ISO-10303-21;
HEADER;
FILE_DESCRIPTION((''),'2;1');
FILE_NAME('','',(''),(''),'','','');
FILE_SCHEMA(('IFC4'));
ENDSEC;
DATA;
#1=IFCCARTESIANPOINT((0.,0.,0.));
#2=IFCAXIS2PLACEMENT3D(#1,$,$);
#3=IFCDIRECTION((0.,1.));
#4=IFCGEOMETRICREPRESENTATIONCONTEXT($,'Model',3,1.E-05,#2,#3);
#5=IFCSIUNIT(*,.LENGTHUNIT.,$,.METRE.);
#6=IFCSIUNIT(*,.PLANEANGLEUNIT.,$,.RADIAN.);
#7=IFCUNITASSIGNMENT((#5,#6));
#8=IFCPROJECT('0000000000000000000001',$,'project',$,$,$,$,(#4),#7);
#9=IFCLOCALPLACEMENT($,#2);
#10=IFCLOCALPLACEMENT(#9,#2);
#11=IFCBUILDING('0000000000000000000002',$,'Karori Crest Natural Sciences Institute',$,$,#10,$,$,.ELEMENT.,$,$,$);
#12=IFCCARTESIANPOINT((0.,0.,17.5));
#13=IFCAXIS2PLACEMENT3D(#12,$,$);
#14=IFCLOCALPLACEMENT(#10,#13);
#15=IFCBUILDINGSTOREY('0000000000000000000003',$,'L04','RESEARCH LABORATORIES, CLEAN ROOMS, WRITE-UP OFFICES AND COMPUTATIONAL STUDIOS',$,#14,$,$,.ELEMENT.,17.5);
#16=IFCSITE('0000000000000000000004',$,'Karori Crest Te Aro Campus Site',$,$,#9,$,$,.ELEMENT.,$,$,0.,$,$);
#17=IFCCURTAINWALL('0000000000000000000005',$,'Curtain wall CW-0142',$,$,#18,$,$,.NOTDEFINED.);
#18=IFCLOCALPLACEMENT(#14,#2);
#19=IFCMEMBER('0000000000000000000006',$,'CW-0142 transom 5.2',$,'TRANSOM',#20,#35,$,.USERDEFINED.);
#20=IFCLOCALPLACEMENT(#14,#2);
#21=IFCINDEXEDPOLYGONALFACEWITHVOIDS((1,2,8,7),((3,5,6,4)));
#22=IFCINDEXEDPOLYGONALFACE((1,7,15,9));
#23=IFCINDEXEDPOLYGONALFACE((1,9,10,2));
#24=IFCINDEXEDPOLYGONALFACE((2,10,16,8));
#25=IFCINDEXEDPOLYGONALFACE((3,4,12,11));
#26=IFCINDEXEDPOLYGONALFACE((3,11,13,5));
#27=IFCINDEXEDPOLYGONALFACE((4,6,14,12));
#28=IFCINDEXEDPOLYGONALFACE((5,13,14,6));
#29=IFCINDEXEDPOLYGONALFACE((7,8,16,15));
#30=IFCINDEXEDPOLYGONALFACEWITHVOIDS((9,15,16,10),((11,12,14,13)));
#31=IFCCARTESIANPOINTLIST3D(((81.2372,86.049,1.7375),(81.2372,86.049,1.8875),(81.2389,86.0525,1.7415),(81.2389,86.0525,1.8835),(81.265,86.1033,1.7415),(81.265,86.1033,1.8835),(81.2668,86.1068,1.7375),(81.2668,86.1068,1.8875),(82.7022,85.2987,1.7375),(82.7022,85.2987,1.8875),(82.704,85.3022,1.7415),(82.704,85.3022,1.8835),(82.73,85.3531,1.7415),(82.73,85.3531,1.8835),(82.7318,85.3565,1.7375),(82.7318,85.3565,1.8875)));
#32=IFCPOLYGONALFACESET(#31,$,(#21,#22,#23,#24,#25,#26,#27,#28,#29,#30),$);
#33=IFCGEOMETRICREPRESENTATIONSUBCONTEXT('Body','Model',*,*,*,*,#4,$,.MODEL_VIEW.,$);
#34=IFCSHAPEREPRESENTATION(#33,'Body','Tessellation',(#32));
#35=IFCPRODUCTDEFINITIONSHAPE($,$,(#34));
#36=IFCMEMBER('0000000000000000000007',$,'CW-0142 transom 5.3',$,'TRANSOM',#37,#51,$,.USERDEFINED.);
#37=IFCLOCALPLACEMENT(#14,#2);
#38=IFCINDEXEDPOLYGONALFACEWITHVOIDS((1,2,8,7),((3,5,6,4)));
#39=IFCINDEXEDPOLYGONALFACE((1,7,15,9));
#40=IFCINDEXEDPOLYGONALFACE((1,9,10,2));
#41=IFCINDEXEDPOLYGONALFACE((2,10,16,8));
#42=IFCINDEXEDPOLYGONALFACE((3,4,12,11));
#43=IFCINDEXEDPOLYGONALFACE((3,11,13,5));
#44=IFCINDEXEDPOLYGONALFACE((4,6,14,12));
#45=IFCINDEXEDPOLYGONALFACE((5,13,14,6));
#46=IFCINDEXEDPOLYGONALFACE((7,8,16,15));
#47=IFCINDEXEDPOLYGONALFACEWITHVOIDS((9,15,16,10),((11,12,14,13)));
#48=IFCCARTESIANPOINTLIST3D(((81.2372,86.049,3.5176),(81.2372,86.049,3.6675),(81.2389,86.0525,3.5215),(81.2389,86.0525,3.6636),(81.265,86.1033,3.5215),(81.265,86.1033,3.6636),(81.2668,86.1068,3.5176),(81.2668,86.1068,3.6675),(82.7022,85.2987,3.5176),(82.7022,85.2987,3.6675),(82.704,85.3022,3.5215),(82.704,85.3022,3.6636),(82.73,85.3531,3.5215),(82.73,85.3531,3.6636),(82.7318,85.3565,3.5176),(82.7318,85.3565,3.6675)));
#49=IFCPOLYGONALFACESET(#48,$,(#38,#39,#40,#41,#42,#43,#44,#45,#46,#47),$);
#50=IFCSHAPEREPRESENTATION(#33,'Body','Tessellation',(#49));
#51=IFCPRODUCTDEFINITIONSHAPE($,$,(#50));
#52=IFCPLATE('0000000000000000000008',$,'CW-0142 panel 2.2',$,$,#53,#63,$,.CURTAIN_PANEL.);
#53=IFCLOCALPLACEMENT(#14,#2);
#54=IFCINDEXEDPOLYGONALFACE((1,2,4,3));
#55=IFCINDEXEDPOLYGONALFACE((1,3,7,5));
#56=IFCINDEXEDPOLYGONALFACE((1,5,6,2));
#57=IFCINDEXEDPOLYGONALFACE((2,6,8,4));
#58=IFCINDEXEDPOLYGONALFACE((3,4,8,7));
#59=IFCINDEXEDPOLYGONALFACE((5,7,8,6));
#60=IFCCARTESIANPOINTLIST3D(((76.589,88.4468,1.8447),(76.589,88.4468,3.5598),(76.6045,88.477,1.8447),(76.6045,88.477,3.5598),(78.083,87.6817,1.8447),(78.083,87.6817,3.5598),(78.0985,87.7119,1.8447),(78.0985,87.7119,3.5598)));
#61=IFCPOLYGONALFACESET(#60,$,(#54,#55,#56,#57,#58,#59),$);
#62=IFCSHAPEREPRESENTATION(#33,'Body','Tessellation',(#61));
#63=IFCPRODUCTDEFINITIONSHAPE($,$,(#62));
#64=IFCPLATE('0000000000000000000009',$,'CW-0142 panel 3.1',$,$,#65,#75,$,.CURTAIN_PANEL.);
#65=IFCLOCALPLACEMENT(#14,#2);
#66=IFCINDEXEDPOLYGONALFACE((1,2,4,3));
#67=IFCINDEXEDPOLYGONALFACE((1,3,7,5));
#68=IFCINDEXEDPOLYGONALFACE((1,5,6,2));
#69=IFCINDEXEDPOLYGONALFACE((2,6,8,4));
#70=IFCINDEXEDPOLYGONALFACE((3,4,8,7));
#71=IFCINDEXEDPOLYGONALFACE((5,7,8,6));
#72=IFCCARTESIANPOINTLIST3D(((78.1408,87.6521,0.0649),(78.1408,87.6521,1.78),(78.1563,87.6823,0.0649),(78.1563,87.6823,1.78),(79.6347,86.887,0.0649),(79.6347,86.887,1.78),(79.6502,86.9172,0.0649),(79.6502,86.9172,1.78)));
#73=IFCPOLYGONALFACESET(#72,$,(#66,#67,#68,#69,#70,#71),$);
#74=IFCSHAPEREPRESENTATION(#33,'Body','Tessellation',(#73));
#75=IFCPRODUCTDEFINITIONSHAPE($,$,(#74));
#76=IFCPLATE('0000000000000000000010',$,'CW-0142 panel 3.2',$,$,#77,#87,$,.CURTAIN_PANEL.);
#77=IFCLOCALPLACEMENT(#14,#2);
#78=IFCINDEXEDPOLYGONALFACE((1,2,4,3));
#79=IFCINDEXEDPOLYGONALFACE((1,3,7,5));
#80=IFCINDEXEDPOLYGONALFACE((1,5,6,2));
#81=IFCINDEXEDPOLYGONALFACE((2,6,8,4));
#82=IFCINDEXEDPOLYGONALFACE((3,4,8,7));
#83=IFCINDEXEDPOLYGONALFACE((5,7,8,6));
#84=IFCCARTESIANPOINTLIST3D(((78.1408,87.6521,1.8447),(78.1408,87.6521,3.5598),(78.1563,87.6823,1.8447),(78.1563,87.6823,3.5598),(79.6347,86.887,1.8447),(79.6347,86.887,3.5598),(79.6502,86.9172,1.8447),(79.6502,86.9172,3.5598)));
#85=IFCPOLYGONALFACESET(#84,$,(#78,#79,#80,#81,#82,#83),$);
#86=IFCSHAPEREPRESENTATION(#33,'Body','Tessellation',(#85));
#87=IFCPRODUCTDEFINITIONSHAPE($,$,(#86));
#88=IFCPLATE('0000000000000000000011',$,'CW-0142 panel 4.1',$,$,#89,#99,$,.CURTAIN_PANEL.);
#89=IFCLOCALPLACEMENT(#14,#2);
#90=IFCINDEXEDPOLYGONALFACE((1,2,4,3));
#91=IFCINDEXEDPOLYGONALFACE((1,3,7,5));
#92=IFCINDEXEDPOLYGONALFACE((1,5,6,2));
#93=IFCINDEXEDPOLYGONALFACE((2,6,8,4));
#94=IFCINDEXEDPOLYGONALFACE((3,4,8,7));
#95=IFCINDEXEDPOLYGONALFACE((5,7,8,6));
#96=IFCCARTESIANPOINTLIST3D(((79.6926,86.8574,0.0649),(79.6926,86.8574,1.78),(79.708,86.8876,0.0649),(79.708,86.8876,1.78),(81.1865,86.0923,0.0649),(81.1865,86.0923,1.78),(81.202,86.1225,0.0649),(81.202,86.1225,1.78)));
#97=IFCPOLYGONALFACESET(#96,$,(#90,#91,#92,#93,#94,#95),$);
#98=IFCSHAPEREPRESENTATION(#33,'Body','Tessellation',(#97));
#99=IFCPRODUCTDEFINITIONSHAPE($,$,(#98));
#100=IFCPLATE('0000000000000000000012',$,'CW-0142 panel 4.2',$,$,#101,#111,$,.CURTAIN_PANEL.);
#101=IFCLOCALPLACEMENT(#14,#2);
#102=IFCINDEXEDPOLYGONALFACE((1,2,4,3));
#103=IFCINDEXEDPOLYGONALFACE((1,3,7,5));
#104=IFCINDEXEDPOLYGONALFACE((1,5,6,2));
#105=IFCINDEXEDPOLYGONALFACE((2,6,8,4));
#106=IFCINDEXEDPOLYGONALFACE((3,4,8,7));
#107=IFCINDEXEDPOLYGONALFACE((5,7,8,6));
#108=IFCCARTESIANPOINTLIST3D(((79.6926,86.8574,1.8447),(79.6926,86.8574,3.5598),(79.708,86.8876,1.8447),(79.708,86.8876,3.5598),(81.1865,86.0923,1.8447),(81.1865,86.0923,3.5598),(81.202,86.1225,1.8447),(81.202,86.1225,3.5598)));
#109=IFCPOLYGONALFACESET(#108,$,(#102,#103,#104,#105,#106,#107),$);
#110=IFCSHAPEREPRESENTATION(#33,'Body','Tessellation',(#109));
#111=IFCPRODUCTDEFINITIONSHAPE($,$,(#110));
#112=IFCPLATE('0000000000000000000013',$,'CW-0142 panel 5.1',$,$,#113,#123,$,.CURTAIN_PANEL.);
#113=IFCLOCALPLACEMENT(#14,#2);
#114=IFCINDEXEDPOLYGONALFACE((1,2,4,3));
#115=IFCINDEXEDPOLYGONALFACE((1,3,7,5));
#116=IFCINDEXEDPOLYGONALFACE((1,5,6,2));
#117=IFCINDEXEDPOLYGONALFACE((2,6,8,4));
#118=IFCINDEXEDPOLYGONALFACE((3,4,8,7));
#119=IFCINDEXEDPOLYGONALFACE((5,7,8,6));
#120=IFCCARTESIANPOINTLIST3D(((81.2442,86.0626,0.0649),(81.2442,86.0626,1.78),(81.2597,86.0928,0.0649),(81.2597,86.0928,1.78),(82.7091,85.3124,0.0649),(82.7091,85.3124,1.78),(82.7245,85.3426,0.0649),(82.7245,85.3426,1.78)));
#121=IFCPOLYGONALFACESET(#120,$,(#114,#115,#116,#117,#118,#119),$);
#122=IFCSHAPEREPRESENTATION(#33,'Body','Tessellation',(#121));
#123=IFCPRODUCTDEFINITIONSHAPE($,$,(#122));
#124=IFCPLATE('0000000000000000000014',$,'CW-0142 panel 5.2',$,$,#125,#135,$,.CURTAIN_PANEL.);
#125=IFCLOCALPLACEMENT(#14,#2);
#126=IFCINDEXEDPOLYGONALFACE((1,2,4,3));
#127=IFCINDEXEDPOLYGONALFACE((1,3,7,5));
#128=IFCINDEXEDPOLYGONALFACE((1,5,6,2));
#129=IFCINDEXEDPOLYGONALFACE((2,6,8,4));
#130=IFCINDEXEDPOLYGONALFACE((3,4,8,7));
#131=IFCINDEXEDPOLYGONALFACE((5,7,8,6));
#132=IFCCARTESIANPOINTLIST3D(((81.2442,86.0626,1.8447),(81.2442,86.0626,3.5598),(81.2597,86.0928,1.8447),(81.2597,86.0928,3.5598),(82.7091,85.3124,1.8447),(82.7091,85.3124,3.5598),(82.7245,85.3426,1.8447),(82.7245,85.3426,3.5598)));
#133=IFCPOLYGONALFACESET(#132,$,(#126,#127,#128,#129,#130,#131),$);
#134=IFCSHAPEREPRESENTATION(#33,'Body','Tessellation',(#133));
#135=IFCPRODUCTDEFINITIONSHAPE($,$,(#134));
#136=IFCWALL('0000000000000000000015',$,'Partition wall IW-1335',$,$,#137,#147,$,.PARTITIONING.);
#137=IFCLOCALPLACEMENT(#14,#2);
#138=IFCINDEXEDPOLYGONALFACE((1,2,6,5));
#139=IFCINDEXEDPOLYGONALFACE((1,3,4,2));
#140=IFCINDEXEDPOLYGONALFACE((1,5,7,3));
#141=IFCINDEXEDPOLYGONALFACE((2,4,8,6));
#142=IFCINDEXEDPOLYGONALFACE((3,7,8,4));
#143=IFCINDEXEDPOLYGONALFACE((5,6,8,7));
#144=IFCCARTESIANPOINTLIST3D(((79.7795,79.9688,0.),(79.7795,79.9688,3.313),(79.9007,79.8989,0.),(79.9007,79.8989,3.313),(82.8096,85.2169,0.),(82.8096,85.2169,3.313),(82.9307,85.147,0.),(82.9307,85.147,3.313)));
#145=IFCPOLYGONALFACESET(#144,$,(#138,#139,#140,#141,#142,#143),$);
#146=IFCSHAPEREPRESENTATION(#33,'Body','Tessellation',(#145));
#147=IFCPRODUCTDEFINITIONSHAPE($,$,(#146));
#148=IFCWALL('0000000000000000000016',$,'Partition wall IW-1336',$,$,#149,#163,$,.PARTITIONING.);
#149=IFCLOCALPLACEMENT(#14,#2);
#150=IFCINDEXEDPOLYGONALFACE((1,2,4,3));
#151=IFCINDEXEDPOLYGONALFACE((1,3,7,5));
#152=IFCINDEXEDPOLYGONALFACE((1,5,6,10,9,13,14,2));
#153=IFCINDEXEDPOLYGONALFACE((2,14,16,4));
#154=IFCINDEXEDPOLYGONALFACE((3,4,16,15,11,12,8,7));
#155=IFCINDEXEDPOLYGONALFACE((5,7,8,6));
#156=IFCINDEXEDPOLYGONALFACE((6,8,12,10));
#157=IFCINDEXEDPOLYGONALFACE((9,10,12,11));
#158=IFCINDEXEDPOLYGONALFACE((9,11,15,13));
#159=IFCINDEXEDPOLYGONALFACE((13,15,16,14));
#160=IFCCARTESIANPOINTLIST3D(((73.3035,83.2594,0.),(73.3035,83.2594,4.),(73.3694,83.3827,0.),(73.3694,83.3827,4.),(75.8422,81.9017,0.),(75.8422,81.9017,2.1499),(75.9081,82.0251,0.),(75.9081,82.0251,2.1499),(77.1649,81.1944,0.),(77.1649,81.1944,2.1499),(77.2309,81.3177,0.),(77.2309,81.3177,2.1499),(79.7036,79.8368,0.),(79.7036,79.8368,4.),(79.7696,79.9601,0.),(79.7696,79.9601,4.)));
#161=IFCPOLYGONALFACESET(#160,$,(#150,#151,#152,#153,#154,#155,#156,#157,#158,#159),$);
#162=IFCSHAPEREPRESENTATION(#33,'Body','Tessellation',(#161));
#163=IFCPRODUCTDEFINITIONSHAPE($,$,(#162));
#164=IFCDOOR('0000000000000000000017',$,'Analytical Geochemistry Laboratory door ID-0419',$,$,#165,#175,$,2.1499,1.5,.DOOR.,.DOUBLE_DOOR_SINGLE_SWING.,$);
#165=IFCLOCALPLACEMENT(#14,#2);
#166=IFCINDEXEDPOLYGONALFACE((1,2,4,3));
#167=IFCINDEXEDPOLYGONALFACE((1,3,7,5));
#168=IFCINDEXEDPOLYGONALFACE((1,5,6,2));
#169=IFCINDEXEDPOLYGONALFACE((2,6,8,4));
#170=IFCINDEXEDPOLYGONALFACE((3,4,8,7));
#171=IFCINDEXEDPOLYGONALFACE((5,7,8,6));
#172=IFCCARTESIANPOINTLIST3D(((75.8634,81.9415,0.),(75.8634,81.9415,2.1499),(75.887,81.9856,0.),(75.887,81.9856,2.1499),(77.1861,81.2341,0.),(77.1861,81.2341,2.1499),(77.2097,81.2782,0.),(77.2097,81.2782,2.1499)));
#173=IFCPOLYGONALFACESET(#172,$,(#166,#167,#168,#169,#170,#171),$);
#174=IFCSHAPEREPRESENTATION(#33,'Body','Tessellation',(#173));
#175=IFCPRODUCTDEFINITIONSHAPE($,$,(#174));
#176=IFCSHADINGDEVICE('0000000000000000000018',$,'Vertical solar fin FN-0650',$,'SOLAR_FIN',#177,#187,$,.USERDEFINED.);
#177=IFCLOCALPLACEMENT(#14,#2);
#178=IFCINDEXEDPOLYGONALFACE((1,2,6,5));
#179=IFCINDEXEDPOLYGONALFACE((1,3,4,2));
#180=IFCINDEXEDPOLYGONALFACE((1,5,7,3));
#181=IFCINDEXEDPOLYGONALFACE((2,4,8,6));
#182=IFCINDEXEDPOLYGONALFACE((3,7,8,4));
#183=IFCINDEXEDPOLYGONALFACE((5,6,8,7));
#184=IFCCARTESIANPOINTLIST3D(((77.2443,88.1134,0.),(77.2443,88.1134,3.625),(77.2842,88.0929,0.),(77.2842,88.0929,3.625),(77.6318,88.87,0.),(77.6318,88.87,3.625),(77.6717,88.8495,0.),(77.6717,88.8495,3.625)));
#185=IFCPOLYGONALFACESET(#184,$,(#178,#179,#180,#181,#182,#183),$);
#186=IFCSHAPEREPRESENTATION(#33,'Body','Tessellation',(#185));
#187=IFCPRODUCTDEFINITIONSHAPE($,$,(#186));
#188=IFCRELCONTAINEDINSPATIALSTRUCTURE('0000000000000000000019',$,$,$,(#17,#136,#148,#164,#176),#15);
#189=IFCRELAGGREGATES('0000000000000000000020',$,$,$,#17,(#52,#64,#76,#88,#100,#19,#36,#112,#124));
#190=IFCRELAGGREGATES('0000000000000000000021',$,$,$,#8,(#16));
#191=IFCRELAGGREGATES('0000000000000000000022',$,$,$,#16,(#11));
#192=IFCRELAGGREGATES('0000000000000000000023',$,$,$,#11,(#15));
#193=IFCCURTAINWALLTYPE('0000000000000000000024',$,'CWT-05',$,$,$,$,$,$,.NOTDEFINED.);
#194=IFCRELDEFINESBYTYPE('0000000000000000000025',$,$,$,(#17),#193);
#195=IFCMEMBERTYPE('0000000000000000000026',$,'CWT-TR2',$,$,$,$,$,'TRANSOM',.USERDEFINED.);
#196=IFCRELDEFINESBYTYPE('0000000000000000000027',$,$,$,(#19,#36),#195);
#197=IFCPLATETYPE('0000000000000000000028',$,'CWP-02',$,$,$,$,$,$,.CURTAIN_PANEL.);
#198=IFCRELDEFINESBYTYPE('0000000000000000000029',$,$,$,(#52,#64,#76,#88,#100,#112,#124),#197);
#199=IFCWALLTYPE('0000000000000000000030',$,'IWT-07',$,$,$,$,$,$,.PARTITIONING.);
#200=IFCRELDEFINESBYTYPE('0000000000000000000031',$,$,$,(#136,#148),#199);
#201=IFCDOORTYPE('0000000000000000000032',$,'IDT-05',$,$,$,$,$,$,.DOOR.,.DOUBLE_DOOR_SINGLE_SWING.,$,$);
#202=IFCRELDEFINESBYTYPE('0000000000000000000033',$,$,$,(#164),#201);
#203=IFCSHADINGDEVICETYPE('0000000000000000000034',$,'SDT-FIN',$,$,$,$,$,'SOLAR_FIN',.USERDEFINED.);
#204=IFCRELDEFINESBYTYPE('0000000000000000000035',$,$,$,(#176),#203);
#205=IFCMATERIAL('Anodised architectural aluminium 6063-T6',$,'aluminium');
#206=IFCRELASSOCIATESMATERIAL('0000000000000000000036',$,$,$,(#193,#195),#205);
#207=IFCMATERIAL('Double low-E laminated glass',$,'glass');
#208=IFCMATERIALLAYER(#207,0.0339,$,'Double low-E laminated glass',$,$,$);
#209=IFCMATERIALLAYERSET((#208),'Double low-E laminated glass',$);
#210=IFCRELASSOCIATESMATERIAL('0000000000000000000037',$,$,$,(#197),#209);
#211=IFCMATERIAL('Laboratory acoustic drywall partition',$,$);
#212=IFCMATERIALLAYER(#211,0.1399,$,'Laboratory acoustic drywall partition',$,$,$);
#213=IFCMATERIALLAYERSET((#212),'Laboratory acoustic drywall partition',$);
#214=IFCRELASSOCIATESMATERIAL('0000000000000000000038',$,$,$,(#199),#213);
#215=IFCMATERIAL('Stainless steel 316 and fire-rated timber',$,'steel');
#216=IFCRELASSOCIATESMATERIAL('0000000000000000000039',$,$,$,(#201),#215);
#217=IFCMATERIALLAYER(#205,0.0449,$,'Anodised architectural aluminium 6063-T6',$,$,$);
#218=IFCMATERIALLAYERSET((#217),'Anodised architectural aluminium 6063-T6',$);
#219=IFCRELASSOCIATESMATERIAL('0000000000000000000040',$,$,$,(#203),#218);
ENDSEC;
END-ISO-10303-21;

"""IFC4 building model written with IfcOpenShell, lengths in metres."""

from ifc_helpers import new_model, si_unit, direction, frame, frame_2d, origin, origin_2d, place, context, subcontext, project, spatial, rectangle, hollow_rectangle, extrude, material, layer, layer_set, material_profile, profile_set, type_object, element, fill, aggregate, save


model = new_model("IFC4")

# Units and contexts
model_context = context("Model", 3, precision=1e-05, world=origin(), true_north=direction((0.0, 1.0)))
body_context = subcontext(model_context, "Body", "Model", "MODEL_VIEW")
ifc_project = project(units=[si_unit("LENGTHUNIT", "METRE"), si_unit("PLANEANGLEUNIT", "RADIAN")], contexts=[model_context])

# Site, building, storey
site_placement = place(None, origin())
site = spatial("IfcSite", under=ifc_project, at=site_placement, Name="Karori Crest Te Aro Campus Site", CompositionType="ELEMENT", RefElevation=0.0)
building_placement = place(site_placement, origin())
building = spatial("IfcBuilding", under=site, at=building_placement, Name="Karori Crest Natural Sciences Institute", CompositionType="ELEMENT")
storey_placement = place(building_placement, frame((0.0, 0.0, 17.5)))
storey = spatial("IfcBuildingStorey", under=building, at=storey_placement, Name="L04", Description="RESEARCH LABORATORIES, CLEAN ROOMS, WRITE-UP OFFICES AND COMPUTATIONAL STUDIOS", CompositionType="ELEMENT", Elevation=17.5)

# Shared definitions
ifc_material_1 = material(Name="Anodised architectural aluminium 6063-T6", Category="aluminium")

# Curtain wall
curtain_wall_type_1 = type_object("IfcCurtainWallType", Name="CWT-05", PredefinedType="NOTDEFINED", material=ifc_material_1)
curtain_wall_1_placement = place(storey_placement, origin())
curtain_wall_1 = element("IfcCurtainWall", 1, at=curtain_wall_1_placement, inside=storey, type_object=curtain_wall_type_1, Name="Curtain wall CW-0142", PredefinedType="NOTDEFINED")

# Members
ifc_material_profile_1 = material_profile(ifc_material_1, hollow_rectangle(XDim=0.0649, YDim=0.1499, WallThickness=0.0039, at=origin_2d()), Name="CWT150x65x4")
ifc_profile_set_1 = profile_set([ifc_material_profile_1], Name="Anodised architectural aluminium 6063-T6")
member_type_1 = type_object("IfcMemberType", Name="CWT-TR2", ElementType="TRANSOM", PredefinedType="USERDEFINED", material=ifc_profile_set_1)
member_1_placement = place(storey_placement, frame((81.252, 86.0779, 1.8125), z_axis=(0.890084, -0.455796, 0.0), x_axis=(0.455796, 0.890084, 0.0)))
member_1 = element("IfcMember", 2, at=member_1_placement, type_object=member_type_1, Name="CW-0142 transom 5.2", ObjectType="TRANSOM", PredefinedType="USERDEFINED", context=body_context, shape_type="SweptSolid", body=[
    extrude(hollow_rectangle(XDim=0.0649, YDim=0.1499, WallThickness=0.0039, at=origin_2d()), origin(), (0.0, 0.0, 1.0), 1.646),
])
member_2_placement = place(storey_placement, frame((81.252, 86.0779, 3.5925), z_axis=(0.890084, -0.455796, 0.0), x_axis=(0.455796, 0.890084, 0.0)))
member_2 = element("IfcMember", 3, at=member_2_placement, type_object=member_type_1, Name="CW-0142 transom 5.3", ObjectType="TRANSOM", PredefinedType="USERDEFINED", context=body_context, shape_type="SweptSolid", body=[
    extrude(hollow_rectangle(XDim=0.0649, YDim=0.1499, WallThickness=0.0039, at=origin_2d()), origin(), (0.0, 0.0, 1.0), 1.646),
])

# Plates
ifc_material_2 = material(Name="Double low-E laminated glass", Category="glass")
ifc_layer_1 = layer(ifc_material_2, 0.0339, Name="Double low-E laminated glass")
ifc_layer_set_1 = layer_set([ifc_layer_1], Name="Double low-E laminated glass")
plate_type = type_object("IfcPlateType", Name="CWP-02", PredefinedType="CURTAIN_PANEL", material=ifc_layer_set_1)
plate_1_placement = place(storey_placement, frame((77.3438, 88.0793, 1.8447), z_axis=(0.0, 0.0, 1.0), x_axis=(0.890067, -0.455829, 0.0)))
plate_1 = element("IfcPlate", 4, at=plate_1_placement, type_object=plate_type, Name="CW-0142 panel 2.2", PredefinedType="CURTAIN_PANEL", context=body_context, shape_type="SweptSolid", body=[
    extrude(rectangle(XDim=1.6785, YDim=0.0339, at=origin_2d()), origin(), (0.0, 0.0, 1.0), 1.7151),
])
plate_2_placement = place(storey_placement, frame((78.8955, 87.2847, 0.0649), z_axis=(0.0, 0.0, 1.0), x_axis=(0.890067, -0.455829, 0.0)))
plate_2 = element("IfcPlate", 5, at=plate_2_placement, type_object=plate_type, Name="CW-0142 panel 3.1", PredefinedType="CURTAIN_PANEL", context=body_context, shape_type="SweptSolid", body=[
    extrude(rectangle(XDim=1.6785, YDim=0.0339, at=origin_2d()), origin(), (0.0, 0.0, 1.0), 1.7151),
])
plate_3_placement = place(storey_placement, frame((78.8955, 87.2847, 1.8447), z_axis=(0.0, 0.0, 1.0), x_axis=(0.890067, -0.455829, 0.0)))
plate_3 = element("IfcPlate", 6, at=plate_3_placement, type_object=plate_type, Name="CW-0142 panel 3.2", PredefinedType="CURTAIN_PANEL", context=body_context, shape_type="SweptSolid", body=[
    extrude(rectangle(XDim=1.6785, YDim=0.0339, at=origin_2d()), origin(), (0.0, 0.0, 1.0), 1.7151),
])
plate_4_placement = place(storey_placement, frame((80.4473, 86.49, 0.0649), z_axis=(0.0, 0.0, 1.0), x_axis=(0.890067, -0.455829, 0.0)))
plate_4 = element("IfcPlate", 7, at=plate_4_placement, type_object=plate_type, Name="CW-0142 panel 4.1", PredefinedType="CURTAIN_PANEL", context=body_context, shape_type="SweptSolid", body=[
    extrude(rectangle(XDim=1.6785, YDim=0.0339, at=origin_2d()), origin(), (0.0, 0.0, 1.0), 1.7151),
])
plate_5_placement = place(storey_placement, frame((80.4473, 86.49, 1.8447), z_axis=(0.0, 0.0, 1.0), x_axis=(0.890067, -0.455829, 0.0)))
plate_5 = element("IfcPlate", 8, at=plate_5_placement, type_object=plate_type, Name="CW-0142 panel 4.2", PredefinedType="CURTAIN_PANEL", context=body_context, shape_type="SweptSolid", body=[
    extrude(rectangle(XDim=1.6785, YDim=0.0339, at=origin_2d()), origin(), (0.0, 0.0, 1.0), 1.7151),
])
plate_6_placement = place(storey_placement, frame((81.9844, 85.7026, 0.0649), z_axis=(0.0, 0.0, 1.0), x_axis=(0.890067, -0.455829, 0.0)))
plate_6 = element("IfcPlate", 9, at=plate_6_placement, type_object=plate_type, Name="CW-0142 panel 5.1", PredefinedType="CURTAIN_PANEL", context=body_context, shape_type="SweptSolid", body=[
    extrude(rectangle(XDim=1.6458, YDim=0.0339, at=origin_2d()), origin(), (0.0, 0.0, 1.0), 1.7151),
])
plate_7_placement = place(storey_placement, frame((81.9844, 85.7026, 1.8447), z_axis=(0.0, 0.0, 1.0), x_axis=(0.890067, -0.455829, 0.0)))
plate_7 = element("IfcPlate", 10, at=plate_7_placement, type_object=plate_type, Name="CW-0142 panel 5.2", PredefinedType="CURTAIN_PANEL", context=body_context, shape_type="SweptSolid", body=[
    extrude(rectangle(XDim=1.6458, YDim=0.0339, at=origin_2d()), origin(), (0.0, 0.0, 1.0), 1.7151),
])
aggregate(curtain_wall_1, [plate_1, plate_2, plate_3, plate_4, plate_5, member_1, member_2, plate_6, plate_7])

# Wall
ifc_material_3 = material(Name="Laboratory acoustic drywall partition")
ifc_layer_2 = layer(ifc_material_3, 0.1399, Name="Laboratory acoustic drywall partition")
ifc_layer_set_2 = layer_set([ifc_layer_2], Name="Laboratory acoustic drywall partition")
wall_type = type_object("IfcWallType", Name="IWT-07", PredefinedType="PARTITIONING", material=ifc_layer_set_2)
wall_1_placement = place(storey_placement, frame((79.8401, 79.9338, 0.0), z_axis=(0.0, 0.0, 1.0), x_axis=(0.500008, 0.866021, 0.0)))
element("IfcWall", 11, at=wall_1_placement, inside=storey, type_object=wall_type, Name="Partition wall IW-1335", PredefinedType="PARTITIONING", context=body_context, shape_type="SweptSolid", body=[
    extrude(rectangle(XDim=6.0601, YDim=0.1399, at=frame_2d((3.03, 0.0))), origin(), (0.0, 0.0, 1.0), 3.313),
])

# Wall, opening, door
wall_2_placement = place(storey_placement, frame((79.7366, 79.8984, 0.0), z_axis=(0.0, 0.0, 1.0), x_axis=(-0.881826, 0.471574, 0.0)))
wall_2 = element("IfcWall", 12, at=wall_2_placement, inside=storey, type_object=wall_type, Name="Partition wall IW-1336", PredefinedType="PARTITIONING", context=body_context, shape_type="SweptSolid", body=[
    extrude(rectangle(XDim=7.2578, YDim=0.1399, at=frame_2d((3.6289, 0.0))), origin(), (0.0, 0.0, 1.0), 4.0),
])
opening_placement = place(wall_2_placement, frame((2.8789, 0.0, 0.0)))
opening = element("IfcOpeningElement", 13, at=opening_placement, cuts=wall_2, PredefinedType="OPENING", context=body_context, shape_type="SweptSolid", body=[
    extrude(rectangle(XDim=1.5, YDim=2.1499, at=frame_2d((0.75, 1.075))), frame((0.0, 0.0801, 0.0), z_axis=(0.0, -1.0, 0.0), x_axis=(1.0, 0.0, 0.0)), (0.0, 0.0, 1.0), 0.1599),
])
ifc_material_4 = material(Name="Stainless steel 316 and fire-rated timber", Category="steel")
door_type = type_object("IfcDoorType", Name="IDT-05", OperationType="DOUBLE_DOOR_SINGLE_SWING", PredefinedType="DOOR", material=ifc_material_4)
door_placement = place(opening_placement, origin())
door = element("IfcDoor", 14, at=door_placement, inside=storey, type_object=door_type, Name="Analytical Geochemistry Laboratory door ID-0419", OperationType="DOUBLE_DOOR_SINGLE_SWING", OverallHeight=2.1499, OverallWidth=1.5, PredefinedType="DOOR", context=body_context, shape_type="SweptSolid", body=[
    extrude(rectangle(XDim=1.5, YDim=2.1499, at=frame_2d((0.75, 1.075))), frame((0.0, 0.0249, 0.0), z_axis=(0.0, -1.0, 0.0), x_axis=(1.0, 0.0, 0.0)), (0.0, 0.0, 1.0), 0.05),
])
fill(opening, door)

# Shading device
ifc_layer_3 = layer(ifc_material_1, 0.0449, Name="Anodised architectural aluminium 6063-T6")
ifc_layer_set_3 = layer_set([ifc_layer_3], Name="Anodised architectural aluminium 6063-T6")
shading_device_type = type_object("IfcShadingDeviceType", Name="SDT-FIN", ElementType="SOLAR_FIN", PredefinedType="USERDEFINED", material=ifc_layer_set_3)
for number, where, z_axis, x_axis, name in (
    (15, (77.458, 88.4814, 0.0), (0.0, 0.0, 1.0), (0.455829, 0.890067, 0.0), "Vertical solar fin FN-0650"),
):
    element("IfcShadingDevice", number, at=place(storey_placement, frame(where, z_axis=z_axis, x_axis=x_axis)), inside=storey, type_object=shading_device_type, Name=name, ObjectType="SOLAR_FIN", PredefinedType="USERDEFINED", context=body_context, shape_type="SweptSolid", body=[
        extrude(rectangle(XDim=0.8501, YDim=0.0449, at=origin_2d()), origin(), (0.0, 0.0, 1.0), 3.625),
    ])

save(model, "model.ifc")
